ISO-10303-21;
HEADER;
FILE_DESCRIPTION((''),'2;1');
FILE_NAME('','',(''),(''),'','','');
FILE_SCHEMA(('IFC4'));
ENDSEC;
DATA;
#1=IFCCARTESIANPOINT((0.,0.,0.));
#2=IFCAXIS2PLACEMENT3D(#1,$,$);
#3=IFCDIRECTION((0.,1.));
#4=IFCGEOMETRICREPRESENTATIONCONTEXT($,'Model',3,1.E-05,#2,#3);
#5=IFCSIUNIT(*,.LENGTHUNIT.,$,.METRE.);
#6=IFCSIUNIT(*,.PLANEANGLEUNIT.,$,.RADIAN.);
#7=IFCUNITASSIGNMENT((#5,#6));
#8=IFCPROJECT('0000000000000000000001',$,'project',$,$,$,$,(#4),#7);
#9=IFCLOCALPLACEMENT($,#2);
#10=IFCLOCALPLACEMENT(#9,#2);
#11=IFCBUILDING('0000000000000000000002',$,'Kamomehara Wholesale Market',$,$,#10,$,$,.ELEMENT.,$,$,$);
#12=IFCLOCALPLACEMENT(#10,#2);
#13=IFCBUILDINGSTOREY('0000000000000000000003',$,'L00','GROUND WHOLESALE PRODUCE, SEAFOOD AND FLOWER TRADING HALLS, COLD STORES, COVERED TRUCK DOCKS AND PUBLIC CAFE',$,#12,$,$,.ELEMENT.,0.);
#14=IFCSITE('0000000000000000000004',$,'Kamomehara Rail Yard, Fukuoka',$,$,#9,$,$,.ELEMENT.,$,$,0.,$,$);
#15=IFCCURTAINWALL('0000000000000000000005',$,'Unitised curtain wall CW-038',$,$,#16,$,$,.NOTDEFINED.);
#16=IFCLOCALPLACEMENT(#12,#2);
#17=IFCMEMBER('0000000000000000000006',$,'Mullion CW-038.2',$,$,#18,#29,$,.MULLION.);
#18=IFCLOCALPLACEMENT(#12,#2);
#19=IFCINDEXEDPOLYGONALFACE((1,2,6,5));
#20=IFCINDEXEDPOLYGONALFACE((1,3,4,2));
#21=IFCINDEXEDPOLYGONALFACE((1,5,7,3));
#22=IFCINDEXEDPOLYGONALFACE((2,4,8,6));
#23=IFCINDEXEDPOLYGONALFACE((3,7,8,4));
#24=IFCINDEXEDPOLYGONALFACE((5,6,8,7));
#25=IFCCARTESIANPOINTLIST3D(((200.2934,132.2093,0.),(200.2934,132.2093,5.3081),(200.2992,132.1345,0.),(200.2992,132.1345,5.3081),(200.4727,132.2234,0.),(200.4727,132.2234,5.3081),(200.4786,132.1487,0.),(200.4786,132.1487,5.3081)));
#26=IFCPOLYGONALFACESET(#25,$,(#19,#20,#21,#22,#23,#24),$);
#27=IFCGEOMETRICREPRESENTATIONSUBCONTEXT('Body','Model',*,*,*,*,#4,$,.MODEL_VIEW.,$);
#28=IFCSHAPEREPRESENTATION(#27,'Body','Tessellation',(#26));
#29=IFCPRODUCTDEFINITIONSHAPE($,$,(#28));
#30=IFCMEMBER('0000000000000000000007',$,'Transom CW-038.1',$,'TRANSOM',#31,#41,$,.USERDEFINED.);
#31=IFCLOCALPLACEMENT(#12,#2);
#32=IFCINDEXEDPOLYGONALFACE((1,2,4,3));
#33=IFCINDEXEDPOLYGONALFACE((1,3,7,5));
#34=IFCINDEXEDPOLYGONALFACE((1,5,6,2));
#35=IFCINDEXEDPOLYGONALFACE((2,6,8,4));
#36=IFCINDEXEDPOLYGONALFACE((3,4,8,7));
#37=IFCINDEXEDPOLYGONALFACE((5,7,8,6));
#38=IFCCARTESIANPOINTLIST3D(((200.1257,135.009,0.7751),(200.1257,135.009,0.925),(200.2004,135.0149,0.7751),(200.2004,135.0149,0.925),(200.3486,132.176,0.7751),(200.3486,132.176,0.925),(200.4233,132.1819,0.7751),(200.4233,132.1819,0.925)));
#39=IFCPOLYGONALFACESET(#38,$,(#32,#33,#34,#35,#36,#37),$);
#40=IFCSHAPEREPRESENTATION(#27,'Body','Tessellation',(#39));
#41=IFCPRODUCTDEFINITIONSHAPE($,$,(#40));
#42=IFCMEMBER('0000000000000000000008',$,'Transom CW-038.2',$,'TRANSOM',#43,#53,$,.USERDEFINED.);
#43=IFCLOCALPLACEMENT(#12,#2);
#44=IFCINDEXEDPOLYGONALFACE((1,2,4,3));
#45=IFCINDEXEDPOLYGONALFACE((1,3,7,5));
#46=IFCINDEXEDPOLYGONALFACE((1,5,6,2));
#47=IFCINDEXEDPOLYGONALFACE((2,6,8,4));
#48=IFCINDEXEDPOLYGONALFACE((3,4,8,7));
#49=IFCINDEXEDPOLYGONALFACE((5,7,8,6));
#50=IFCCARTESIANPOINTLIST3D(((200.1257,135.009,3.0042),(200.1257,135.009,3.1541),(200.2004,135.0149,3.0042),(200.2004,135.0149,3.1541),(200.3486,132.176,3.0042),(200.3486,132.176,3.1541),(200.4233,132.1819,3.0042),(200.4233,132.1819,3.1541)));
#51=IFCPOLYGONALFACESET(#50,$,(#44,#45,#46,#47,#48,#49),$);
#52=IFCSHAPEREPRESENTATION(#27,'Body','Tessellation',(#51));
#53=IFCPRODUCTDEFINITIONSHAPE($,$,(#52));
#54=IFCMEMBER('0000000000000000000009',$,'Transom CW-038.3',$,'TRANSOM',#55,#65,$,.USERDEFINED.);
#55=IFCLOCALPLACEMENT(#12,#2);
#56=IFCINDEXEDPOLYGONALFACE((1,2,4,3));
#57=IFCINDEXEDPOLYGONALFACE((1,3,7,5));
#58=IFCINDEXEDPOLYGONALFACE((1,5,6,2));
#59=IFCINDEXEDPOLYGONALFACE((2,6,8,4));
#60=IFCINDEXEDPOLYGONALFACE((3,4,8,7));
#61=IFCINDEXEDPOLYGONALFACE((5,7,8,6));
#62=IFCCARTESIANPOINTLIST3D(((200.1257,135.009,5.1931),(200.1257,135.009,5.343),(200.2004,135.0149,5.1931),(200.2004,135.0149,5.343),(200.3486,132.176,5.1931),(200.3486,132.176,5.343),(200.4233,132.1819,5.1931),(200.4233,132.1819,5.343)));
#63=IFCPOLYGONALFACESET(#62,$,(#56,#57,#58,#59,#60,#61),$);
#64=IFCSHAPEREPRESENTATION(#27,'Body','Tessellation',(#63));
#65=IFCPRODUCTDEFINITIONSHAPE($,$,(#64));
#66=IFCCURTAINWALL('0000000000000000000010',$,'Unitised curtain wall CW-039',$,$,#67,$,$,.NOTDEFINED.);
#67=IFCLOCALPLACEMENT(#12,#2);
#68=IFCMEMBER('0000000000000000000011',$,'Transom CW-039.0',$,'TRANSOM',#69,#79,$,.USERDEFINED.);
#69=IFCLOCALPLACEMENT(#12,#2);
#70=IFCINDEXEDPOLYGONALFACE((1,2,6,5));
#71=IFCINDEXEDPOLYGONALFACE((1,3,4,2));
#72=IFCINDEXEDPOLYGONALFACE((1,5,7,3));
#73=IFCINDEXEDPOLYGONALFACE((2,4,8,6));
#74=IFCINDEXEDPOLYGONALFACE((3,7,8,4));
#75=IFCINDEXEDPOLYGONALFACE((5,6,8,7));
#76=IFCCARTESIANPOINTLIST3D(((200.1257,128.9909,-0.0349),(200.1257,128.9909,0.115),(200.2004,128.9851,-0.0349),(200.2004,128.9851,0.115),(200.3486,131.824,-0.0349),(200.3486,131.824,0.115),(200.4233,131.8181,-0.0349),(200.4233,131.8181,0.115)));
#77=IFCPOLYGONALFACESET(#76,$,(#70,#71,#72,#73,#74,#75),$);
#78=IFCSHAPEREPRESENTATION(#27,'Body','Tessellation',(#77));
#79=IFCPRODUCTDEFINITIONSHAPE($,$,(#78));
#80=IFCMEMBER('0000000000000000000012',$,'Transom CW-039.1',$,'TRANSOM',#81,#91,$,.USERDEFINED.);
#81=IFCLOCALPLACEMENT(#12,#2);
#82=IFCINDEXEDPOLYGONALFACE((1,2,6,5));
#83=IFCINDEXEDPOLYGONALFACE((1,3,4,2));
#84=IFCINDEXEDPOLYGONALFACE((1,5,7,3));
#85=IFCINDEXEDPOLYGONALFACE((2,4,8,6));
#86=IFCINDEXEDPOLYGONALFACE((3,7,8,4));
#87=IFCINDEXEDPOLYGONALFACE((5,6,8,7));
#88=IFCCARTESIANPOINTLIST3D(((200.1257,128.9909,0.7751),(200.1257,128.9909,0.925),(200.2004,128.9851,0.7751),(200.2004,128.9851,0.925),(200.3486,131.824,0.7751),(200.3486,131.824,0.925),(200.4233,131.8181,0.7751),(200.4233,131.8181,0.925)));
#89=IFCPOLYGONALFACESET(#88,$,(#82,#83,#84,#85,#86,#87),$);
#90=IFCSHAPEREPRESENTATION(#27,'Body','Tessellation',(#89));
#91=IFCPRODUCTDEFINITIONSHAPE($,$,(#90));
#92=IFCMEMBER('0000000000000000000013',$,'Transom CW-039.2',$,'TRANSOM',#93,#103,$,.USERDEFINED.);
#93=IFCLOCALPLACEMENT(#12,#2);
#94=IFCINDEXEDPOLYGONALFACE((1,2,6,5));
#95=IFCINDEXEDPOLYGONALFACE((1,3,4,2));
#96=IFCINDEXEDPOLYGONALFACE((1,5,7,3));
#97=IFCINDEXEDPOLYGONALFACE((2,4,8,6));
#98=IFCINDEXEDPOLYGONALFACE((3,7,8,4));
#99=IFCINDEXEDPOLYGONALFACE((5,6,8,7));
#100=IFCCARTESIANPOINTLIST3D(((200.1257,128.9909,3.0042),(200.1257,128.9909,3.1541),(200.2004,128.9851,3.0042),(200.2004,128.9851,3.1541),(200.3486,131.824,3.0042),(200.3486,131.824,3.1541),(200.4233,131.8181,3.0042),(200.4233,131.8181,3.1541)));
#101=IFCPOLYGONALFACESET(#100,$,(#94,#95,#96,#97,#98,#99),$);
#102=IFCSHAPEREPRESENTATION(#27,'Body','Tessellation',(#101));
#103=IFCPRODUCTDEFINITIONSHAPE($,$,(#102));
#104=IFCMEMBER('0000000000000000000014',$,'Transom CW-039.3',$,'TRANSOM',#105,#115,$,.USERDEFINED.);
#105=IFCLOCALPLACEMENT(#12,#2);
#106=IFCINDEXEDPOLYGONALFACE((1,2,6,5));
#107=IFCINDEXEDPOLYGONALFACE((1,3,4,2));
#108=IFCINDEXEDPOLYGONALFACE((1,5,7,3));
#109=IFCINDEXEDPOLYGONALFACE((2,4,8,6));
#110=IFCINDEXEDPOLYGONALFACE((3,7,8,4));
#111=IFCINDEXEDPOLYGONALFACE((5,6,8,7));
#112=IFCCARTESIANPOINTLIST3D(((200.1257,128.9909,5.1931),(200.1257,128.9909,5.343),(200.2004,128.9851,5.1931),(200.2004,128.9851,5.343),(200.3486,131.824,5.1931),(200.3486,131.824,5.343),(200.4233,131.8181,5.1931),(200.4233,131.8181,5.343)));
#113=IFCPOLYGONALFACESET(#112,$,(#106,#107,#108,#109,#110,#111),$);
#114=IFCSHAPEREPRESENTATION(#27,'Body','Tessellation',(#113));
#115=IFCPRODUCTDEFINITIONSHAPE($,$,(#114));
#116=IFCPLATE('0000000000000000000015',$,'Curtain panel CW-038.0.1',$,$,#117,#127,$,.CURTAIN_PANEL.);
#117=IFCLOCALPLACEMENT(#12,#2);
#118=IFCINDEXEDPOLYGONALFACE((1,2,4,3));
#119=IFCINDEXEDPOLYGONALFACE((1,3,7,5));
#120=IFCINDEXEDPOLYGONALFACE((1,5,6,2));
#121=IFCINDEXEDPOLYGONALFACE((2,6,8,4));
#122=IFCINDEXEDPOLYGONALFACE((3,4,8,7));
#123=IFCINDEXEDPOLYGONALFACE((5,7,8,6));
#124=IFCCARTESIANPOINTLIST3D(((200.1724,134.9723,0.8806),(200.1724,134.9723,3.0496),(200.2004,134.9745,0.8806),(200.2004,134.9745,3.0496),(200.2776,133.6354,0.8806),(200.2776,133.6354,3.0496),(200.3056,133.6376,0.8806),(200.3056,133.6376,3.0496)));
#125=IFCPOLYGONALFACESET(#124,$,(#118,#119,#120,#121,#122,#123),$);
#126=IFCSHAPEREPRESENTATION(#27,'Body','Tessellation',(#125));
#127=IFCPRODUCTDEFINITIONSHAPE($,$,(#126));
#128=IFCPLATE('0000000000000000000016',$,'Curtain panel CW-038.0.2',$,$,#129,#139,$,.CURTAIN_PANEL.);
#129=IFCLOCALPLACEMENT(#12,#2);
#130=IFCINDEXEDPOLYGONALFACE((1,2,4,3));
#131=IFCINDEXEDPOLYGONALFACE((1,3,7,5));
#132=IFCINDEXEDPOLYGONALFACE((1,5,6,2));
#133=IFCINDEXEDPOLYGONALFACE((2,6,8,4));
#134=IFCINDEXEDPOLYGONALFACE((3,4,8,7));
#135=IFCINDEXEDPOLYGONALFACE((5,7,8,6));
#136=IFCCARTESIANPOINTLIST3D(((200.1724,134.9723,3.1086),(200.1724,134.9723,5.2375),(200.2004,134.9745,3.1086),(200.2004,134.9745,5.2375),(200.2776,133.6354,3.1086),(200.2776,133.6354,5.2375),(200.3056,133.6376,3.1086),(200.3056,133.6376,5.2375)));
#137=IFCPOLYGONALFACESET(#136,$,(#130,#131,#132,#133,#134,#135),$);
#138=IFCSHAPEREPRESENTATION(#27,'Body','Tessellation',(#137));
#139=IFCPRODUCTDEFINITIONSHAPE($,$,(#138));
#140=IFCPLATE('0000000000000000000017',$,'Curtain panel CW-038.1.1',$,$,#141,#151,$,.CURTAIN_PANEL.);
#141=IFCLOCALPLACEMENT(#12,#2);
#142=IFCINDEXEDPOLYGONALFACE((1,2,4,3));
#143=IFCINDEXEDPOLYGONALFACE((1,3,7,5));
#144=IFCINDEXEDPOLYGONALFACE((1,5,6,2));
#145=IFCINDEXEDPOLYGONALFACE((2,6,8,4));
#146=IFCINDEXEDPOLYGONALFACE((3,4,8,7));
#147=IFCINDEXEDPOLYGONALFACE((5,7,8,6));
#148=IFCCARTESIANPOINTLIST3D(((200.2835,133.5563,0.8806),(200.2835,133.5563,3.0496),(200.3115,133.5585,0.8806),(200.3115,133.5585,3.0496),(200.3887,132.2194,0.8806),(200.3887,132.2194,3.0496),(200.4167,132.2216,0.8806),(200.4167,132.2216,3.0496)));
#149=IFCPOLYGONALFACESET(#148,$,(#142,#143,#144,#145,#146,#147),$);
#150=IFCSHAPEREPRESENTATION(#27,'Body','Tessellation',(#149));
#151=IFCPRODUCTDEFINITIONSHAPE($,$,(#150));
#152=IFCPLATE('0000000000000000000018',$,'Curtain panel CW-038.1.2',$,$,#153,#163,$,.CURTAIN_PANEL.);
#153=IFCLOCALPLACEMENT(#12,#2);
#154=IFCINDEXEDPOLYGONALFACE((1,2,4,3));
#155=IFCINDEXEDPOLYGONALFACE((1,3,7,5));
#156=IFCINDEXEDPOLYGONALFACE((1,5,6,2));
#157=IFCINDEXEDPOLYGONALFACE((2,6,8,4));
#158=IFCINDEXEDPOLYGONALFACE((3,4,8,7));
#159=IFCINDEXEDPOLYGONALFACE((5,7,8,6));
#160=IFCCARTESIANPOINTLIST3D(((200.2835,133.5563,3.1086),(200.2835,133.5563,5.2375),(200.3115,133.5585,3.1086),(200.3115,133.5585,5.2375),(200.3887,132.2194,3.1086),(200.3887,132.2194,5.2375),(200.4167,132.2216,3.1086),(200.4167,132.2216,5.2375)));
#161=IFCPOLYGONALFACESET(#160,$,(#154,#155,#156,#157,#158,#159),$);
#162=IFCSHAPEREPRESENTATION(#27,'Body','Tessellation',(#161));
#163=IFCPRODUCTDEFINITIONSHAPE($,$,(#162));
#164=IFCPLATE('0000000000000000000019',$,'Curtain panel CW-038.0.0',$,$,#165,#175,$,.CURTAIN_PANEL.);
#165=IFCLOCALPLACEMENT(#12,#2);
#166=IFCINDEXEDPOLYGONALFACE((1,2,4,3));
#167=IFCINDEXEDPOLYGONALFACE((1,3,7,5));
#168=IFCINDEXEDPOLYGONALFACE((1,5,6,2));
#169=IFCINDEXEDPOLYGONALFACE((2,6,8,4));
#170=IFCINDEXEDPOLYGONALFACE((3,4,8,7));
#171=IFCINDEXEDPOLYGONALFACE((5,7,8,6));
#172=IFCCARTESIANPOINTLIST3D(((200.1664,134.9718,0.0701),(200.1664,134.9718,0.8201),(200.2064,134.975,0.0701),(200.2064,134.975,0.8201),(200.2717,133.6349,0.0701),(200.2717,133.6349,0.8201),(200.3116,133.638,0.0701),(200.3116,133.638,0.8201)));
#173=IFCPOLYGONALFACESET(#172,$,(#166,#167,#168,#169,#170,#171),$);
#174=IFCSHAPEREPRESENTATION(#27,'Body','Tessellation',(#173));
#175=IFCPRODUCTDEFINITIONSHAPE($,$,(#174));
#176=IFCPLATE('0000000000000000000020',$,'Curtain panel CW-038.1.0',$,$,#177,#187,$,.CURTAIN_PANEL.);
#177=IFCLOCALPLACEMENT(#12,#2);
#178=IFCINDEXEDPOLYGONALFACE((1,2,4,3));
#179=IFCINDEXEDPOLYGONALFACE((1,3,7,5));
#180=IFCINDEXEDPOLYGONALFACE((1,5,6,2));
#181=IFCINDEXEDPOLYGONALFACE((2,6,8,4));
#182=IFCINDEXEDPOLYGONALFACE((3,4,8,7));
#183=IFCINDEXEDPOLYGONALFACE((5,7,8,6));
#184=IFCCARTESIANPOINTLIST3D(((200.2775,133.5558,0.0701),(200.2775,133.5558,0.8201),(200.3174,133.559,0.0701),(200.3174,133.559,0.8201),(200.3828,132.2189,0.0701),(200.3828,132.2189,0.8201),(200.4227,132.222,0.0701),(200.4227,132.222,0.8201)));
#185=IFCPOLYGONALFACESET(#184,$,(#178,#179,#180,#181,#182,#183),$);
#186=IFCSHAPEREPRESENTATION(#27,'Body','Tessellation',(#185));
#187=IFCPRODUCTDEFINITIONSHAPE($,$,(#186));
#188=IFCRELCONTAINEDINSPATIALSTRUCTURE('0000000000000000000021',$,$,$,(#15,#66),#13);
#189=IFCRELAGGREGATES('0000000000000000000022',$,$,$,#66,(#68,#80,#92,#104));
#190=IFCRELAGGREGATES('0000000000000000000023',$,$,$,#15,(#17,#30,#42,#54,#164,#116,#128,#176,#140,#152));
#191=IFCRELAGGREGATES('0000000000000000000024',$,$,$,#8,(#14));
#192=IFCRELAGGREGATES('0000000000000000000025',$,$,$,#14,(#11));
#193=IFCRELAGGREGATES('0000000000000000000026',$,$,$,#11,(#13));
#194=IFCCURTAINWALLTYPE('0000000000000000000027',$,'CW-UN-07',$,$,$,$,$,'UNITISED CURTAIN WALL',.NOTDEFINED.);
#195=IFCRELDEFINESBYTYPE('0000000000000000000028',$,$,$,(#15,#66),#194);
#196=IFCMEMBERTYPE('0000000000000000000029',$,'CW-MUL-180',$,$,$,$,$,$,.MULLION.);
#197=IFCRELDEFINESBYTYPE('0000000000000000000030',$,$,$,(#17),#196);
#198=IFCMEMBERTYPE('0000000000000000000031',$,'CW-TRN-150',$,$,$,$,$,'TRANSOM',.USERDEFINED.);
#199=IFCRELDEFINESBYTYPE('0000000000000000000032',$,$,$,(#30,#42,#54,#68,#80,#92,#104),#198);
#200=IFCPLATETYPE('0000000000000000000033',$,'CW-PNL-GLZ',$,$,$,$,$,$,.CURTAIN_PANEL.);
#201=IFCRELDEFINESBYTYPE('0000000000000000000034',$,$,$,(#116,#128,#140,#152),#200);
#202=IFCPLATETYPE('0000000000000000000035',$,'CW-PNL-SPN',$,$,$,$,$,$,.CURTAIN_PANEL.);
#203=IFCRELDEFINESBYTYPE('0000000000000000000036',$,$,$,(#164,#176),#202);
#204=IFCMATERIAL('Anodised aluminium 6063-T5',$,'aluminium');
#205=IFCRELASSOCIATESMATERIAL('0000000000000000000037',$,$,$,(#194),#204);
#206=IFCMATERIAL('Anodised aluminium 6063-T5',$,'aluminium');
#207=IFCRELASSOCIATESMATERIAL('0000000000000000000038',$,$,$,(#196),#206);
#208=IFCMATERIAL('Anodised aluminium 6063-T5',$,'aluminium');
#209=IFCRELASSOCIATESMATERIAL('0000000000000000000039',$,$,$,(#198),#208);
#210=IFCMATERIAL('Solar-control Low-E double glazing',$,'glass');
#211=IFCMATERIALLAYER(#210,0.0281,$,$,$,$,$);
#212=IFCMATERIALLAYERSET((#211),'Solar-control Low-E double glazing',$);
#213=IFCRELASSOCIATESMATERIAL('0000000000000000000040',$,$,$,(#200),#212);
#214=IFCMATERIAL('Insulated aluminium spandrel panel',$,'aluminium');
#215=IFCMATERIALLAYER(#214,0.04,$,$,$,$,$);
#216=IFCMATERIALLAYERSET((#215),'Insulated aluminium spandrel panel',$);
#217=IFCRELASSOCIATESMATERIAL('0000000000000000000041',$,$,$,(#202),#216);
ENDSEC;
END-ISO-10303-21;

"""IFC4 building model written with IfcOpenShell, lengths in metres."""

from ifc_helpers import new_model, si_unit, direction, frame, origin, origin_2d, place, context, subcontext, project, spatial, rectangle, extrude, material, layer, layer_set, material_profile, profile_set, type_object, element, aggregate, save


model = new_model("IFC4")

# Units and contexts
model_context = context("Model", 3, precision=1e-05, world=origin(), true_north=direction((0.0, 1.0)))
body_context = subcontext(model_context, "Body", "Model", "MODEL_VIEW")
ifc_project = project(units=[si_unit("LENGTHUNIT", "METRE"), si_unit("PLANEANGLEUNIT", "RADIAN")], contexts=[model_context])

# Site, building, storey
site_placement = place(None, origin())
site = spatial("IfcSite", under=ifc_project, at=site_placement, Name="Kamomehara Rail Yard, Fukuoka", CompositionType="ELEMENT", RefElevation=0.0)
building_placement = place(site_placement, origin())
building = spatial("IfcBuilding", under=site, at=building_placement, Name="Kamomehara Wholesale Market", CompositionType="ELEMENT")
storey_placement = place(building_placement, origin())
storey = spatial("IfcBuildingStorey", under=building, at=storey_placement, Name="L00", Description="GROUND WHOLESALE PRODUCE, SEAFOOD AND FLOWER TRADING HALLS, COLD STORES, COVERED TRUCK DOCKS AND PUBLIC CAFE", CompositionType="ELEMENT", Elevation=0.0)

# Curtain walls, members
ifc_material_1 = material(Name="Anodised aluminium 6063-T5", Category="aluminium")
curtain_wall_type = type_object("IfcCurtainWallType", Name="CW-UN-07", ElementType="UNITISED CURTAIN WALL", PredefinedType="NOTDEFINED", material=ifc_material_1)
curtain_wall_1_placement = place(storey_placement, origin())
curtain_wall_1 = element("IfcCurtainWall", 1, at=curtain_wall_1_placement, inside=storey, type_object=curtain_wall_type, Name="Unitised curtain wall CW-038", PredefinedType="NOTDEFINED")
ifc_material_2 = material(Name="Anodised aluminium 6063-T5", Category="aluminium")
ifc_material_profile_1 = material_profile(ifc_material_2, rectangle(XDim=0.075, YDim=0.1799, at=origin_2d()), Name="ALU-MUL-75x180")
ifc_profile_set_1 = profile_set([ifc_material_profile_1], Name="Anodised aluminium 6063-T5")
member_type_1 = type_object("IfcMemberType", Name="CW-MUL-180", PredefinedType="MULLION", material=ifc_profile_set_1)
member_1_placement = place(storey_placement, frame((200.386, 132.179, 0.0), z_axis=(0.0, 0.0, 1.0), x_axis=(0.078473, -0.996916, 0.0)))
member_1 = element("IfcMember", 2, at=member_1_placement, type_object=member_type_1, Name="Mullion CW-038.2", PredefinedType="MULLION", context=body_context, shape_type="SweptSolid", body=[
    extrude(rectangle(XDim=0.075, YDim=0.1799, at=origin_2d()), origin(), (0.0, 0.0, 1.0), 5.3081),
])
ifc_material_3 = material(Name="Anodised aluminium 6063-T5", Category="aluminium")
ifc_material_profile_2 = material_profile(ifc_material_3, rectangle(XDim=0.075, YDim=0.1499, at=origin_2d()), Name="ALU-TRN-75x150")
ifc_profile_set_2 = profile_set([ifc_material_profile_2], Name="Anodised aluminium 6063-T5")
member_type_2 = type_object("IfcMemberType", Name="CW-TRN-150", ElementType="TRANSOM", PredefinedType="USERDEFINED", material=ifc_profile_set_2)
member_2_placement = place(storey_placement, frame((200.1631, 135.012, 0.8501), z_axis=(0.078437, -0.996919, 0.0), x_axis=(0.996919, 0.078437, 0.0)))
member_2 = element("IfcMember", 3, at=member_2_placement, type_object=member_type_2, Name="Transom CW-038.1", ObjectType="TRANSOM", PredefinedType="USERDEFINED", context=body_context, shape_type="SweptSolid", body=[
    extrude(rectangle(XDim=0.075, YDim=0.1499, at=origin_2d()), origin(), (0.0, 0.0, 1.0), 2.8418),
])
member_3_placement = place(storey_placement, frame((200.1631, 135.012, 3.0791), z_axis=(0.078437, -0.996919, 0.0), x_axis=(0.996919, 0.078437, 0.0)))
member_3 = element("IfcMember", 4, at=member_3_placement, type_object=member_type_2, Name="Transom CW-038.2", ObjectType="TRANSOM", PredefinedType="USERDEFINED", context=body_context, shape_type="SweptSolid", body=[
    extrude(rectangle(XDim=0.075, YDim=0.1499, at=origin_2d()), origin(), (0.0, 0.0, 1.0), 2.8418),
])
member_4_placement = place(storey_placement, frame((200.1631, 135.012, 5.2681), z_axis=(0.078437, -0.996919, 0.0), x_axis=(0.996919, 0.078437, 0.0)))
member_4 = element("IfcMember", 5, at=member_4_placement, type_object=member_type_2, Name="Transom CW-038.3", ObjectType="TRANSOM", PredefinedType="USERDEFINED", context=body_context, shape_type="SweptSolid", body=[
    extrude(rectangle(XDim=0.075, YDim=0.1499, at=origin_2d()), origin(), (0.0, 0.0, 1.0), 2.8418),
])
curtain_wall_2_placement = place(storey_placement, origin())
curtain_wall_2 = element("IfcCurtainWall", 6, at=curtain_wall_2_placement, inside=storey, type_object=curtain_wall_type, Name="Unitised curtain wall CW-039", PredefinedType="NOTDEFINED")
member_5_placement = place(storey_placement, frame((200.386, 131.821, 0.04), z_axis=(-0.078437, -0.996919, 0.0), x_axis=(0.996919, -0.078437, 0.0)))
member_5 = element("IfcMember", 7, at=member_5_placement, type_object=member_type_2, Name="Transom CW-039.0", ObjectType="TRANSOM", PredefinedType="USERDEFINED", context=body_context, shape_type="SweptSolid", body=[
    extrude(rectangle(XDim=0.075, YDim=0.1499, at=origin_2d()), origin(), (0.0, 0.0, 1.0), 2.8418),
])
member_6_placement = place(storey_placement, frame((200.386, 131.821, 0.8501), z_axis=(-0.078437, -0.996919, 0.0), x_axis=(0.996919, -0.078437, 0.0)))
member_6 = element("IfcMember", 8, at=member_6_placement, type_object=member_type_2, Name="Transom CW-039.1", ObjectType="TRANSOM", PredefinedType="USERDEFINED", context=body_context, shape_type="SweptSolid", body=[
    extrude(rectangle(XDim=0.075, YDim=0.1499, at=origin_2d()), origin(), (0.0, 0.0, 1.0), 2.8418),
])
member_7_placement = place(storey_placement, frame((200.386, 131.821, 3.0791), z_axis=(-0.078437, -0.996919, 0.0), x_axis=(0.996919, -0.078437, 0.0)))
member_7 = element("IfcMember", 9, at=member_7_placement, type_object=member_type_2, Name="Transom CW-039.2", ObjectType="TRANSOM", PredefinedType="USERDEFINED", context=body_context, shape_type="SweptSolid", body=[
    extrude(rectangle(XDim=0.075, YDim=0.1499, at=origin_2d()), origin(), (0.0, 0.0, 1.0), 2.8418),
])
member_8_placement = place(storey_placement, frame((200.386, 131.821, 5.2681), z_axis=(-0.078437, -0.996919, 0.0), x_axis=(0.996919, -0.078437, 0.0)))
member_8 = element("IfcMember", 10, at=member_8_placement, type_object=member_type_2, Name="Transom CW-039.3", ObjectType="TRANSOM", PredefinedType="USERDEFINED", context=body_context, shape_type="SweptSolid", body=[
    extrude(rectangle(XDim=0.075, YDim=0.1499, at=origin_2d()), origin(), (0.0, 0.0, 1.0), 2.8418),
])
aggregate(curtain_wall_2, [member_5, member_6, member_7, member_8])

# Plates
ifc_material_4 = material(Name="Solar-control Low-E double glazing", Category="glass")
ifc_layer_1 = layer(ifc_material_4, 0.0281)
ifc_layer_set_1 = layer_set([ifc_layer_1], Name="Solar-control Low-E double glazing")
plate_type_1 = type_object("IfcPlateType", Name="CW-PNL-GLZ", PredefinedType="CURTAIN_PANEL", material=ifc_layer_set_1)
plate_1_placement = place(storey_placement, frame((200.239, 134.3049, 0.8806), z_axis=(0.0, 0.0, 1.0), x_axis=(0.078476, -0.996916, 0.0)))
plate_1 = element("IfcPlate", 11, at=plate_1_placement, type_object=plate_type_1, Name="Curtain panel CW-038.0.1", PredefinedType="CURTAIN_PANEL", context=body_context, shape_type="SweptSolid", body=[
    extrude(rectangle(XDim=1.3411, YDim=0.0281, at=origin_2d()), origin(), (0.0, 0.0, 1.0), 2.1689),
])
plate_2_placement = place(storey_placement, frame((200.239, 134.3049, 3.1086), z_axis=(0.0, 0.0, 1.0), x_axis=(0.078476, -0.996916, 0.0)))
plate_2 = element("IfcPlate", 12, at=plate_2_placement, type_object=plate_type_1, Name="Curtain panel CW-038.0.2", PredefinedType="CURTAIN_PANEL", context=body_context, shape_type="SweptSolid", body=[
    extrude(rectangle(XDim=1.3411, YDim=0.0281, at=origin_2d()), origin(), (0.0, 0.0, 1.0), 2.1289),
])
plate_3_placement = place(storey_placement, frame((200.3501, 132.8889, 0.8806), z_axis=(0.0, 0.0, 1.0), x_axis=(0.078476, -0.996916, 0.0)))
plate_3 = element("IfcPlate", 13, at=plate_3_placement, type_object=plate_type_1, Name="Curtain panel CW-038.1.1", PredefinedType="CURTAIN_PANEL", context=body_context, shape_type="SweptSolid", body=[
    extrude(rectangle(XDim=1.3411, YDim=0.0281, at=origin_2d()), origin(), (0.0, 0.0, 1.0), 2.1689),
])
plate_4_placement = place(storey_placement, frame((200.3501, 132.8889, 3.1086), z_axis=(0.0, 0.0, 1.0), x_axis=(0.078476, -0.996916, 0.0)))
plate_4 = element("IfcPlate", 14, at=plate_4_placement, type_object=plate_type_1, Name="Curtain panel CW-038.1.2", PredefinedType="CURTAIN_PANEL", context=body_context, shape_type="SweptSolid", body=[
    extrude(rectangle(XDim=1.3411, YDim=0.0281, at=origin_2d()), origin(), (0.0, 0.0, 1.0), 2.1289),
])
ifc_material_5 = material(Name="Insulated aluminium spandrel panel", Category="aluminium")
ifc_layer_2 = layer(ifc_material_5, 0.04)
ifc_layer_set_2 = layer_set([ifc_layer_2], Name="Insulated aluminium spandrel panel")
plate_type_2 = type_object("IfcPlateType", Name="CW-PNL-SPN", PredefinedType="CURTAIN_PANEL", material=ifc_layer_set_2)
plate_5_placement = place(storey_placement, frame((200.239, 134.3049, 0.0701), z_axis=(0.0, 0.0, 1.0), x_axis=(0.078476, -0.996916, 0.0)))
plate_5 = element("IfcPlate", 15, at=plate_5_placement, type_object=plate_type_2, Name="Curtain panel CW-038.0.0", PredefinedType="CURTAIN_PANEL", context=body_context, shape_type="SweptSolid", body=[
    extrude(rectangle(XDim=1.3411, YDim=0.04, at=origin_2d()), origin(), (0.0, 0.0, 1.0), 0.75),
])
plate_6_placement = place(storey_placement, frame((200.3501, 132.8889, 0.0701), z_axis=(0.0, 0.0, 1.0), x_axis=(0.078476, -0.996916, 0.0)))
plate_6 = element("IfcPlate", 16, at=plate_6_placement, type_object=plate_type_2, Name="Curtain panel CW-038.1.0", PredefinedType="CURTAIN_PANEL", context=body_context, shape_type="SweptSolid", body=[
    extrude(rectangle(XDim=1.3411, YDim=0.04, at=origin_2d()), origin(), (0.0, 0.0, 1.0), 0.75),
])
aggregate(curtain_wall_1, [member_1, member_2, member_3, member_4, plate_5, plate_1, plate_2, plate_6, plate_3, plate_4])

save(model, "model.ifc")
